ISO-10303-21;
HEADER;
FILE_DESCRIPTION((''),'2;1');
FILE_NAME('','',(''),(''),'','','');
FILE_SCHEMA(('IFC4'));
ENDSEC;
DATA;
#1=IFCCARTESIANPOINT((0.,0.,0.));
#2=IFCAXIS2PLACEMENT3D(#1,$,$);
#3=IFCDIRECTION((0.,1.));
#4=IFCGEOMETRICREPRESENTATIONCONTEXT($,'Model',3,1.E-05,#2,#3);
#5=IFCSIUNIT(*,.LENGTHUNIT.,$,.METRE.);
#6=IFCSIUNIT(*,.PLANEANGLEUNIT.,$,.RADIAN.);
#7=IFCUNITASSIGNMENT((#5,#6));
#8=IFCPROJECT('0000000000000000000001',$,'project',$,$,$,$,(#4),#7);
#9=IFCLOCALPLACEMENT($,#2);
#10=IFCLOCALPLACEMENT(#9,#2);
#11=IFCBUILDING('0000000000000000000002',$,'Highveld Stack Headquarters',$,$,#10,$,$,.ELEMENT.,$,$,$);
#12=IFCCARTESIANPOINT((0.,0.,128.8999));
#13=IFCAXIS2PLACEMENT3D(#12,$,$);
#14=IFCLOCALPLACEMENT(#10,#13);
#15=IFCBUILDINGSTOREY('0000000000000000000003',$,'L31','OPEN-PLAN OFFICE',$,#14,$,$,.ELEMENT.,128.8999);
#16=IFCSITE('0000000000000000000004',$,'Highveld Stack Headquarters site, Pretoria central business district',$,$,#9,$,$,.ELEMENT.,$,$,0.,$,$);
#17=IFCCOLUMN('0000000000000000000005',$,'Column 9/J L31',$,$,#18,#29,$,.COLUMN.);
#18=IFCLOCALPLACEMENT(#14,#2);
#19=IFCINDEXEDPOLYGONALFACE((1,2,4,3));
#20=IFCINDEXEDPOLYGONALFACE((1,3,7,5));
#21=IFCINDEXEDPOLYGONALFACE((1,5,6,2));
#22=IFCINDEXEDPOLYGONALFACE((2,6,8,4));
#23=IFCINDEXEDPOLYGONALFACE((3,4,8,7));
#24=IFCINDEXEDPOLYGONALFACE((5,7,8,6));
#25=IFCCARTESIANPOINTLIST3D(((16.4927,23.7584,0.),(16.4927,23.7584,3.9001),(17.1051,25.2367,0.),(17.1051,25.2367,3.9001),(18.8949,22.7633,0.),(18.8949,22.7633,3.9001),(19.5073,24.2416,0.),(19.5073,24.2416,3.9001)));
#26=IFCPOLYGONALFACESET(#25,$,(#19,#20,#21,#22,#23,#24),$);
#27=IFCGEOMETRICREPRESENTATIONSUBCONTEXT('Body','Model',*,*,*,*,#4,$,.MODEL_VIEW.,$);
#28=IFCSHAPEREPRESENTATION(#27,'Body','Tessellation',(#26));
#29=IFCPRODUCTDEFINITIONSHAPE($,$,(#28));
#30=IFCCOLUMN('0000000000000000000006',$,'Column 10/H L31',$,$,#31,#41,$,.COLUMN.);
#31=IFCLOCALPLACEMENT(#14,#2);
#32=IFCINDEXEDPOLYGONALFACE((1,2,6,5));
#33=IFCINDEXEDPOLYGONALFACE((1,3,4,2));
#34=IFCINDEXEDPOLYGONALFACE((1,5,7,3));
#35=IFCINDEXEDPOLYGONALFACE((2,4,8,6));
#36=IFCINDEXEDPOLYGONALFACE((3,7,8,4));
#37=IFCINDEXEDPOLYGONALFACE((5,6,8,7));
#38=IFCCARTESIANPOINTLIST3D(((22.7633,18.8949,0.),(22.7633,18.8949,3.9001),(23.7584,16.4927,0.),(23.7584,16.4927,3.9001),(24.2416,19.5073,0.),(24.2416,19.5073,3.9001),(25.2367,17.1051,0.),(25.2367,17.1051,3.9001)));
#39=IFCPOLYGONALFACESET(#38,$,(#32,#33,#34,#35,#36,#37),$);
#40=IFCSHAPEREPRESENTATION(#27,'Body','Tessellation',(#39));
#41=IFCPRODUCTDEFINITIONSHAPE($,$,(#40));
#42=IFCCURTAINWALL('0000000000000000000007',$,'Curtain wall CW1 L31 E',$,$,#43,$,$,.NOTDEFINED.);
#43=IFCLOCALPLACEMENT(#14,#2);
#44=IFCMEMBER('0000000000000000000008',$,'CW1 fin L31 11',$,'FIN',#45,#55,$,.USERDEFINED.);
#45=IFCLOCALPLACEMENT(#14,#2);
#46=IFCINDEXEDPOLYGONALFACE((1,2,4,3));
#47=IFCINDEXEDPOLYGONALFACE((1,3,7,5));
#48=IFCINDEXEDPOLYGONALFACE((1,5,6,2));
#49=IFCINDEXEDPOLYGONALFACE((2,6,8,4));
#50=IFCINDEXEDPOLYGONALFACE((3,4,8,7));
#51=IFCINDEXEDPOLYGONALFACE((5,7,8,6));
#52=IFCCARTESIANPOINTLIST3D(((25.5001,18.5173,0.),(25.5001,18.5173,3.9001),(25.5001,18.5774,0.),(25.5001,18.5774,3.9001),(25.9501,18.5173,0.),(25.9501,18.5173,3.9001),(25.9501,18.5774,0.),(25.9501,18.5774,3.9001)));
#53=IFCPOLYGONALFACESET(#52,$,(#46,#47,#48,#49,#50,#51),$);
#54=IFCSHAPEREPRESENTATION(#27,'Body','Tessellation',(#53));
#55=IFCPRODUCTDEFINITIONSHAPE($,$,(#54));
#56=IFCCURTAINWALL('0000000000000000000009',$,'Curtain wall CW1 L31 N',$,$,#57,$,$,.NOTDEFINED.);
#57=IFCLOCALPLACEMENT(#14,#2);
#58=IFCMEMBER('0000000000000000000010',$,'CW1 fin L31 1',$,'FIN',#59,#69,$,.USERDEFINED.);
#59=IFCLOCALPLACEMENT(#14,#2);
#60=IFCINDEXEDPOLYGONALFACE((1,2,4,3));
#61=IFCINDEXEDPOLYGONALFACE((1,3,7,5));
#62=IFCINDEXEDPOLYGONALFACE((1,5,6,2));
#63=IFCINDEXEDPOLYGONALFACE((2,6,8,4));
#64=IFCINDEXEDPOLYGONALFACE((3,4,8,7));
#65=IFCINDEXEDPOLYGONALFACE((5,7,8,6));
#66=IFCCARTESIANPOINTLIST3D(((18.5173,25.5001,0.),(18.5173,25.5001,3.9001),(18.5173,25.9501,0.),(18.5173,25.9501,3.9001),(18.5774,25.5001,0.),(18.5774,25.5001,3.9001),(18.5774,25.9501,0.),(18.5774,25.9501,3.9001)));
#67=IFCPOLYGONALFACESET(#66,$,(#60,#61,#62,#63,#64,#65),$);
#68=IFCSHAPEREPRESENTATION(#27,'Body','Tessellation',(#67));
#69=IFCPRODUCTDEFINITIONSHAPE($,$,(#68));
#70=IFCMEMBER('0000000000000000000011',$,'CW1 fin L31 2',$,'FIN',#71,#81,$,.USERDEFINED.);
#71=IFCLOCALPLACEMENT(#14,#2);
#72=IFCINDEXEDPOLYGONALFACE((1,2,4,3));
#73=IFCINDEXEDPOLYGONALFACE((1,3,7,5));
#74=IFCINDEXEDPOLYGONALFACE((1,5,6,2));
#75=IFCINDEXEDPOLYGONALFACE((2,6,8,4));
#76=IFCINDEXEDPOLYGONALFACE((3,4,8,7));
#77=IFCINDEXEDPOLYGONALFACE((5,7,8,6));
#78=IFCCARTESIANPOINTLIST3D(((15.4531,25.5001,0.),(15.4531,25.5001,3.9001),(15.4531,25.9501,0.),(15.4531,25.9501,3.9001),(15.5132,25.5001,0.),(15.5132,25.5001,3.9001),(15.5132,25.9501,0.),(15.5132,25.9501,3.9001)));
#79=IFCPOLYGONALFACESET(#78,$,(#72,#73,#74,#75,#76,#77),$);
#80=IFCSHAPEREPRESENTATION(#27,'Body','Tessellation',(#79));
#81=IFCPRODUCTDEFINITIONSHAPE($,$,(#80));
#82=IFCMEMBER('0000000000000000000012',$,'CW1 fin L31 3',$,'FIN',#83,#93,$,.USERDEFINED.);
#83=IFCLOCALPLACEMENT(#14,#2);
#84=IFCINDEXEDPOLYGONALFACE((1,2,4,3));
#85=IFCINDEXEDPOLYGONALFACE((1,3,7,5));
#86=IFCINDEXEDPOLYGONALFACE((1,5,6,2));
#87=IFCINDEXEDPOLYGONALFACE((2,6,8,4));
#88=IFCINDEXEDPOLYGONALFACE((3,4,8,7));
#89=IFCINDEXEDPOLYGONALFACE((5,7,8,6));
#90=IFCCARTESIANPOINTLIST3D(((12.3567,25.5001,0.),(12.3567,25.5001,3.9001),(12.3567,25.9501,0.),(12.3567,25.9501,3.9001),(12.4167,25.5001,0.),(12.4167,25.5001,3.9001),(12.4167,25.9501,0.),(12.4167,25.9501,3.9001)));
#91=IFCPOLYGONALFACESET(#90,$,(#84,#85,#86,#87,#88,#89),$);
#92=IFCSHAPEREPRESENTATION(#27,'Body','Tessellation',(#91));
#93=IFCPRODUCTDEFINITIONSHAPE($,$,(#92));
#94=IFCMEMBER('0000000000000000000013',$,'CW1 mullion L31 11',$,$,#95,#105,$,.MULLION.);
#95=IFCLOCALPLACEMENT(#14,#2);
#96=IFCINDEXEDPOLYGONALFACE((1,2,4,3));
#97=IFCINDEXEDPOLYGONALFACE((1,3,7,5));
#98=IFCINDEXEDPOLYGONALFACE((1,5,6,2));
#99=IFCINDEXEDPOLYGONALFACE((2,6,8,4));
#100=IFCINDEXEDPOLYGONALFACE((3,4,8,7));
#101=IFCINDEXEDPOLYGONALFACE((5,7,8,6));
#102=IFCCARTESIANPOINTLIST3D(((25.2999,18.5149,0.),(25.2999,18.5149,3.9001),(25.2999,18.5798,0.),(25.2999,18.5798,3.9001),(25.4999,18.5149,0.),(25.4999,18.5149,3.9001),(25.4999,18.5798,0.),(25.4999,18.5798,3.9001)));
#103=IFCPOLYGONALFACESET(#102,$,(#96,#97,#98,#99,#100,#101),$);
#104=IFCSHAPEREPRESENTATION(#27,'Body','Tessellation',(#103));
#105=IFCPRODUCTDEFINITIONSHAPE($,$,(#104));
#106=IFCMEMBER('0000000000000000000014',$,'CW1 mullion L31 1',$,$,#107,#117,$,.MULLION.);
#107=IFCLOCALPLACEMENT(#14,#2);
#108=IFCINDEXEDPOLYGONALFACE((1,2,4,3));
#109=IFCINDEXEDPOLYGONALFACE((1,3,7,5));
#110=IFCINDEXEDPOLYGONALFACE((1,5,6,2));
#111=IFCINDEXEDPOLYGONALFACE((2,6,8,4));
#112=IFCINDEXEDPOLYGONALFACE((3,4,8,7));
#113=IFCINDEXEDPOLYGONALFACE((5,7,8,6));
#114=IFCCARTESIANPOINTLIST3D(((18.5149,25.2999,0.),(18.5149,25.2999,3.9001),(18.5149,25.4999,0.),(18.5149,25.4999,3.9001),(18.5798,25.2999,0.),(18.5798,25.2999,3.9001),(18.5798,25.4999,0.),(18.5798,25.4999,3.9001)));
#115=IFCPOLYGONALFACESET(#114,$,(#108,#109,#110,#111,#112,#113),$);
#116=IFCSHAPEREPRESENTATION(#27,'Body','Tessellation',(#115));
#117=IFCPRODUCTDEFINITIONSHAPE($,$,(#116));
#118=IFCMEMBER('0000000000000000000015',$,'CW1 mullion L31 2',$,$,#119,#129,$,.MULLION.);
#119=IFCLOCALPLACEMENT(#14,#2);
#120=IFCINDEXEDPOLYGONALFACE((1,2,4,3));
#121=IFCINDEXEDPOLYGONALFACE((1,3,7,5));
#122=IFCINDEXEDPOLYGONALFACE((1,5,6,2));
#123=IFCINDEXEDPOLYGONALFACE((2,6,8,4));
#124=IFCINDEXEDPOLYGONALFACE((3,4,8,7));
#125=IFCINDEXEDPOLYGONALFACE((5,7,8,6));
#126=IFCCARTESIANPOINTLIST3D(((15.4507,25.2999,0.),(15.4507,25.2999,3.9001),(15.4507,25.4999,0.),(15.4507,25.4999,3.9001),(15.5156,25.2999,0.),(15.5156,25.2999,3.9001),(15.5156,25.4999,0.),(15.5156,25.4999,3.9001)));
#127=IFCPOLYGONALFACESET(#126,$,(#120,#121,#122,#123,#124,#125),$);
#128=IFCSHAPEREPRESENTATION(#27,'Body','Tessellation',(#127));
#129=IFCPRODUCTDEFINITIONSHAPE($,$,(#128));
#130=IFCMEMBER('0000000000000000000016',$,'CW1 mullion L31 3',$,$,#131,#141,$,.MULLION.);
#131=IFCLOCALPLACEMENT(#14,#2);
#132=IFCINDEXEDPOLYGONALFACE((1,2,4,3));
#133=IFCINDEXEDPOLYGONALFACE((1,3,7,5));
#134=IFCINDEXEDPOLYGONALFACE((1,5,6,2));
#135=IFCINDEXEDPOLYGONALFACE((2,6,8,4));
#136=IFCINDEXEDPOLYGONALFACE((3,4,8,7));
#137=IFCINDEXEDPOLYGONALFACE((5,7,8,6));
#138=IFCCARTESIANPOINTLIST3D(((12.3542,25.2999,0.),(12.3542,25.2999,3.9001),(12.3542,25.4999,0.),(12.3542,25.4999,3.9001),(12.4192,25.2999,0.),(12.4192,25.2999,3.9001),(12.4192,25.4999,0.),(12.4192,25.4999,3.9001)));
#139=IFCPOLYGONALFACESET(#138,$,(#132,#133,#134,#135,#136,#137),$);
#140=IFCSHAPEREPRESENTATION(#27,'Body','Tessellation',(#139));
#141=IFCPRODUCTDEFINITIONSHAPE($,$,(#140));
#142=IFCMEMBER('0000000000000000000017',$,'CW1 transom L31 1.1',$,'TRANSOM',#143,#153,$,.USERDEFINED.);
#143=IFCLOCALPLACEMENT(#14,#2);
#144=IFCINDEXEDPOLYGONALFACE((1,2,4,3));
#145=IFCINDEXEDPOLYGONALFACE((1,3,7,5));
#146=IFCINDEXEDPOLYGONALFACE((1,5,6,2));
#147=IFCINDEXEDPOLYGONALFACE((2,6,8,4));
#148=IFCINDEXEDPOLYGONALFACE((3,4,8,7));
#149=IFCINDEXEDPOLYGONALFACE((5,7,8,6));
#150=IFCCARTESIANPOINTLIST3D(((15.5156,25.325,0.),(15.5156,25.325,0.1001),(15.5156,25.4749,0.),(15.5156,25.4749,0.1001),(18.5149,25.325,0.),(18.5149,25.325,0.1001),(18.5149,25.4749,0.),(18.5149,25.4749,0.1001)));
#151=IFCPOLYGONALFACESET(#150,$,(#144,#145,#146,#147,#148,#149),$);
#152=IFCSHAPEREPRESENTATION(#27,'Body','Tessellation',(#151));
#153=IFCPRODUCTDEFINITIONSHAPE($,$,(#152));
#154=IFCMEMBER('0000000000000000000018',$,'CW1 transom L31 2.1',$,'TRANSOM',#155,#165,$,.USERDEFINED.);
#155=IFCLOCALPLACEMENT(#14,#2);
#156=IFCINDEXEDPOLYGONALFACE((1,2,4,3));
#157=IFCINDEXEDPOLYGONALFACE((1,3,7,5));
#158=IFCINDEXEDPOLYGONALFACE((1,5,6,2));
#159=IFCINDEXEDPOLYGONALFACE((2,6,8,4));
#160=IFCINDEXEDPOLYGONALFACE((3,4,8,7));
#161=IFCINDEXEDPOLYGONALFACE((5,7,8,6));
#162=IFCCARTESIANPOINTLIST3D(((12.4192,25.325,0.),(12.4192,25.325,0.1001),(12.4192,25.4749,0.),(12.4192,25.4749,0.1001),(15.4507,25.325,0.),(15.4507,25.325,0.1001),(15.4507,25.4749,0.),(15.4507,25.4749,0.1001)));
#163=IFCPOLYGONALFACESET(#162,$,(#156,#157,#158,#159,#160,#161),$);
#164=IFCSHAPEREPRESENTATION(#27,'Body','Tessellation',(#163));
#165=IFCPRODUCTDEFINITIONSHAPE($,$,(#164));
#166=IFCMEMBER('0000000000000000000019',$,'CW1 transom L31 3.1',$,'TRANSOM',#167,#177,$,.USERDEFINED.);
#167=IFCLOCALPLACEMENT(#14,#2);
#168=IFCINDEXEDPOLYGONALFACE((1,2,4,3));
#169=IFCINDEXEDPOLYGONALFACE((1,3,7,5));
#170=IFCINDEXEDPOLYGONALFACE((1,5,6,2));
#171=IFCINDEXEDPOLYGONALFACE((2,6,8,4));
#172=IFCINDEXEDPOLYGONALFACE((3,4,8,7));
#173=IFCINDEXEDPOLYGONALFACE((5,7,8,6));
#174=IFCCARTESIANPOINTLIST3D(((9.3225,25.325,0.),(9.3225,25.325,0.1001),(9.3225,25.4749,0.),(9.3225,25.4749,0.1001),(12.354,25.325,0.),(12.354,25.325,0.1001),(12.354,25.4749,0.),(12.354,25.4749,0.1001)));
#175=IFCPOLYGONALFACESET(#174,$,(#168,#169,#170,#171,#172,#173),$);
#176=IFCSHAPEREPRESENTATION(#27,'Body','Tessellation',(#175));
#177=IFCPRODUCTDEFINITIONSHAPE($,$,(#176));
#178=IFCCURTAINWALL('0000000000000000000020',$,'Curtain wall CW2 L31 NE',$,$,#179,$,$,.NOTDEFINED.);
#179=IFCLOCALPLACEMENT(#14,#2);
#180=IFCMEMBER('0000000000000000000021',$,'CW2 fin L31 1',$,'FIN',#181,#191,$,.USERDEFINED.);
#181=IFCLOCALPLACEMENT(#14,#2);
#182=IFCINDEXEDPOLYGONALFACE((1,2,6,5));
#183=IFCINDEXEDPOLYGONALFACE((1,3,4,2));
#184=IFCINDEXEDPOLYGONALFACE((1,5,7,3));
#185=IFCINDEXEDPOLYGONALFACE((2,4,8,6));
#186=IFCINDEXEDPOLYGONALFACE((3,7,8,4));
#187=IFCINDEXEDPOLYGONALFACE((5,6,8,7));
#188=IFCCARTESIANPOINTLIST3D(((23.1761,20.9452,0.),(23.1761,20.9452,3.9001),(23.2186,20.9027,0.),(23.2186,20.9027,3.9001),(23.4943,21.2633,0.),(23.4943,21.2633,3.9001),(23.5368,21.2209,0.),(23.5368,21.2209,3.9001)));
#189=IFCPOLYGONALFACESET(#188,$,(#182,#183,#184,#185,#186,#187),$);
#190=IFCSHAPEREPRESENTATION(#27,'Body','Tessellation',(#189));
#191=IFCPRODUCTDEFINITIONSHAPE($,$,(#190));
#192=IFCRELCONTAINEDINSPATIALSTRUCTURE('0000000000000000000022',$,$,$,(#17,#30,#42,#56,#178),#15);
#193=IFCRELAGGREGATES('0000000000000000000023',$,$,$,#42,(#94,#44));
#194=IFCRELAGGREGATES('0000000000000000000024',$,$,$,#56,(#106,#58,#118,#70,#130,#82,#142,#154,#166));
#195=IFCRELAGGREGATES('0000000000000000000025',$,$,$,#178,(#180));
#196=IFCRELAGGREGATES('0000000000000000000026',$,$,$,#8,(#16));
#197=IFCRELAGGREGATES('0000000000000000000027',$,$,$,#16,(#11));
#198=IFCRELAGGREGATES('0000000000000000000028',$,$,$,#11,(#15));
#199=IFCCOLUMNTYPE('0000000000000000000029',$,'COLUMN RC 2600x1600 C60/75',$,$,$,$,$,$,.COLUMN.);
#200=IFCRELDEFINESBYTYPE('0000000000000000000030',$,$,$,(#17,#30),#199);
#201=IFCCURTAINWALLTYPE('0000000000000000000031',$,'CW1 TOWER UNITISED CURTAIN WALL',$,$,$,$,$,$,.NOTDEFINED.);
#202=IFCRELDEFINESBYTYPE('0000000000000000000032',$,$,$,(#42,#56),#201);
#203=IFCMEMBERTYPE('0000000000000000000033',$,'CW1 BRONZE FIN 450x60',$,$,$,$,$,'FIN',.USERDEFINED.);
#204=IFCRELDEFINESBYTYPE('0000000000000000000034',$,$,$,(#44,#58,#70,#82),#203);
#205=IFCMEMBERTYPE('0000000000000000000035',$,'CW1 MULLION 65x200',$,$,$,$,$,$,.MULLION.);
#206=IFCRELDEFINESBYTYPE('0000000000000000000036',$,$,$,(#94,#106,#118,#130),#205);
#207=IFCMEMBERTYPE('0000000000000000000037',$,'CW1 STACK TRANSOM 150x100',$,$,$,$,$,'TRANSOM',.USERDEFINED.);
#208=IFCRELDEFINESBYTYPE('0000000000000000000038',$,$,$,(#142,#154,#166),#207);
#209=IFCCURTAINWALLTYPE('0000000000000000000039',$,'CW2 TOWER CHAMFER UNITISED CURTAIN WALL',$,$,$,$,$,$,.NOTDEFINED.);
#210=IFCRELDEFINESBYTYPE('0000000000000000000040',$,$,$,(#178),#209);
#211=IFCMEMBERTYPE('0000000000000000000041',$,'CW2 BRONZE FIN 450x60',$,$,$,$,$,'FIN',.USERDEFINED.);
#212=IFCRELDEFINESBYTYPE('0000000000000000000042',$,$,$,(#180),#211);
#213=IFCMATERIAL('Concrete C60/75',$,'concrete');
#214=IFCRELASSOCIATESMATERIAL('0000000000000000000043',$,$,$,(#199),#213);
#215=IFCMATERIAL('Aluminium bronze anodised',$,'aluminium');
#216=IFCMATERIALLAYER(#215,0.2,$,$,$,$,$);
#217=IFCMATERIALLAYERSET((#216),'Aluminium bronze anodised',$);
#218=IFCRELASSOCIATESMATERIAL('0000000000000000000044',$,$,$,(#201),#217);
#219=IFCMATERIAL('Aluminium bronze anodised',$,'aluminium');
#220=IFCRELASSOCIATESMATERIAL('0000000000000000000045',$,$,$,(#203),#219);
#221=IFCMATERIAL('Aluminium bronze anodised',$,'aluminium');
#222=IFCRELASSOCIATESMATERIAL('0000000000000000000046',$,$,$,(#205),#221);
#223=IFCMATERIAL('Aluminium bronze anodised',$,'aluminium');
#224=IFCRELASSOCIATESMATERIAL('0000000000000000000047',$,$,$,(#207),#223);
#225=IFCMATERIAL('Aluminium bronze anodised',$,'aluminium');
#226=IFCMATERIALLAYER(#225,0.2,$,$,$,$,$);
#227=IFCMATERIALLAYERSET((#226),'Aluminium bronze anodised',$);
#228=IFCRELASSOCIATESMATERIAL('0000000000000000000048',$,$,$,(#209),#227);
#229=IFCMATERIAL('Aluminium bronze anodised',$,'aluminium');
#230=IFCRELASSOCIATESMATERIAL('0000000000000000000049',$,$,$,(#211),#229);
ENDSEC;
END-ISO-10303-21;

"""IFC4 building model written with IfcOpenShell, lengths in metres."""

from ifc_helpers import new_model, si_unit, direction, frame, origin, origin_2d, place, context, subcontext, project, spatial, rectangle, extrude, material, layer, layer_set, material_profile, profile_set, type_object, element, aggregate, save


model = new_model("IFC4")

# Units and contexts
model_context = context("Model", 3, precision=1e-05, world=origin(), true_north=direction((0.0, 1.0)))
body_context = subcontext(model_context, "Body", "Model", "MODEL_VIEW")
ifc_project = project(units=[si_unit("LENGTHUNIT", "METRE"), si_unit("PLANEANGLEUNIT", "RADIAN")], contexts=[model_context])

# Site, building, storey
site_placement = place(None, origin())
site = spatial("IfcSite", under=ifc_project, at=site_placement, Name="Highveld Stack Headquarters site, Pretoria central business district", CompositionType="ELEMENT", RefElevation=0.0)
building_placement = place(site_placement, origin())
building = spatial("IfcBuilding", under=site, at=building_placement, Name="Highveld Stack Headquarters", CompositionType="ELEMENT")
storey_placement = place(building_placement, frame((0.0, 0.0, 128.8999)))
storey = spatial("IfcBuildingStorey", under=building, at=storey_placement, Name="L31", Description="OPEN-PLAN OFFICE", CompositionType="ELEMENT", Elevation=128.8999)

# Columns
ifc_material_1 = material(Name="Concrete C60/75", Category="concrete")
ifc_material_profile_1 = material_profile(ifc_material_1, rectangle(XDim=2.6001, YDim=1.6001, at=origin_2d()), Name="RC 2600x1600")
ifc_profile_set_1 = profile_set([ifc_material_profile_1], Name="Concrete C60/75")
column_type = type_object("IfcColumnType", Name="COLUMN RC 2600x1600 C60/75", PredefinedType="COLUMN", material=ifc_profile_set_1)
for number, where, z_axis, x_axis, name in (
    (1, (18.0, 24.0, 0.0), (0.0, 0.0, 1.0), (0.92388, -0.382683, 0.0), "Column 9/J L31"),
    (2, (24.0, 18.0, 0.0), (0.0, 0.0, 1.0), (0.382683, -0.92388, 0.0), "Column 10/H L31"),
):
    element("IfcColumn", number, at=place(storey_placement, frame(where, z_axis=z_axis, x_axis=x_axis)), inside=storey, type_object=column_type, Name=name, PredefinedType="COLUMN", context=body_context, shape_type="SweptSolid", body=[
        extrude(rectangle(XDim=2.6001, YDim=1.6001, at=origin_2d()), origin(), (0.0, 0.0, 1.0), 3.9001),
    ])

# Curtain wall, member
ifc_material_2 = material(Name="Aluminium bronze anodised", Category="aluminium")
ifc_layer_1 = layer(ifc_material_2, 0.2)
ifc_layer_set_1 = layer_set([ifc_layer_1], Name="Aluminium bronze anodised")
curtain_wall_type_1 = type_object("IfcCurtainWallType", Name="CW1 TOWER UNITISED CURTAIN WALL", PredefinedType="NOTDEFINED", material=ifc_layer_set_1)
curtain_wall_1_placement = place(storey_placement, origin())
curtain_wall_1 = element("IfcCurtainWall", 3, at=curtain_wall_1_placement, inside=storey, type_object=curtain_wall_type_1, Name="Curtain wall CW1 L31 E", PredefinedType="NOTDEFINED")
ifc_material_3 = material(Name="Aluminium bronze anodised", Category="aluminium")
ifc_material_profile_2 = material_profile(ifc_material_3, rectangle(XDim=0.45, YDim=0.0601, at=origin_2d()), Name="FIN 450x60")
ifc_profile_set_2 = profile_set([ifc_material_profile_2], Name="Aluminium bronze anodised")
member_type_1 = type_object("IfcMemberType", Name="CW1 BRONZE FIN 450x60", ElementType="FIN", PredefinedType="USERDEFINED", material=ifc_profile_set_2)
member_1_placement = place(storey_placement, frame((25.7251, 18.5474, 0.0), z_axis=(0.0, 0.0, 1.0), x_axis=(-1.0, 0.0, 0.0)))
member_1 = element("IfcMember", 4, at=member_1_placement, type_object=member_type_1, Name="CW1 fin L31 11", ObjectType="FIN", PredefinedType="USERDEFINED", context=body_context, shape_type="SweptSolid", body=[
    extrude(rectangle(XDim=0.45, YDim=0.0601, at=origin_2d()), origin(), (0.0, 0.0, 1.0), 3.9001),
])

# Curtain wall, members
curtain_wall_2_placement = place(storey_placement, origin())
curtain_wall_2 = element("IfcCurtainWall", 5, at=curtain_wall_2_placement, inside=storey, type_object=curtain_wall_type_1, Name="Curtain wall CW1 L31 N", PredefinedType="NOTDEFINED")
member_2_placement = place(storey_placement, frame((18.5474, 25.7251, 0.0), z_axis=(0.0, 0.0, 1.0), x_axis=(0.0, -1.0, 0.0)))
member_2 = element("IfcMember", 6, at=member_2_placement, type_object=member_type_1, Name="CW1 fin L31 1", ObjectType="FIN", PredefinedType="USERDEFINED", context=body_context, shape_type="SweptSolid", body=[
    extrude(rectangle(XDim=0.45, YDim=0.0601, at=origin_2d()), origin(), (0.0, 0.0, 1.0), 3.9001),
])
member_3_placement = place(storey_placement, frame((15.4832, 25.7251, 0.0), z_axis=(0.0, 0.0, 1.0), x_axis=(0.0, -1.0, 0.0)))
member_3 = element("IfcMember", 7, at=member_3_placement, type_object=member_type_1, Name="CW1 fin L31 2", ObjectType="FIN", PredefinedType="USERDEFINED", context=body_context, shape_type="SweptSolid", body=[
    extrude(rectangle(XDim=0.45, YDim=0.0601, at=origin_2d()), origin(), (0.0, 0.0, 1.0), 3.9001),
])
member_4_placement = place(storey_placement, frame((12.3867, 25.7251, 0.0), z_axis=(0.0, 0.0, 1.0), x_axis=(0.0, -1.0, 0.0)))
member_4 = element("IfcMember", 8, at=member_4_placement, type_object=member_type_1, Name="CW1 fin L31 3", ObjectType="FIN", PredefinedType="USERDEFINED", context=body_context, shape_type="SweptSolid", body=[
    extrude(rectangle(XDim=0.45, YDim=0.0601, at=origin_2d()), origin(), (0.0, 0.0, 1.0), 3.9001),
])

# Members
ifc_material_4 = material(Name="Aluminium bronze anodised", Category="aluminium")
ifc_material_profile_3 = material_profile(ifc_material_4, rectangle(XDim=0.2, YDim=0.0649, at=origin_2d()), Name="CW1 MULLION 65x200")
ifc_profile_set_3 = profile_set([ifc_material_profile_3], Name="Aluminium bronze anodised")
member_type_2 = type_object("IfcMemberType", Name="CW1 MULLION 65x200", PredefinedType="MULLION", material=ifc_profile_set_3)
member_5_placement = place(storey_placement, frame((25.3999, 18.5474, 0.0), z_axis=(0.0, 0.0, 1.0), x_axis=(-1.0, 0.0, 0.0)))
member_5 = element("IfcMember", 9, at=member_5_placement, type_object=member_type_2, Name="CW1 mullion L31 11", PredefinedType="MULLION", context=body_context, shape_type="SweptSolid", body=[
    extrude(rectangle(XDim=0.2, YDim=0.0649, at=origin_2d()), origin(), (0.0, 0.0, 1.0), 3.9001),
])
aggregate(curtain_wall_1, [member_5, member_1])
member_6_placement = place(storey_placement, frame((18.5474, 25.3999, 0.0), z_axis=(0.0, 0.0, 1.0), x_axis=(0.0, -1.0, 0.0)))
member_6 = element("IfcMember", 10, at=member_6_placement, type_object=member_type_2, Name="CW1 mullion L31 1", PredefinedType="MULLION", context=body_context, shape_type="SweptSolid", body=[
    extrude(rectangle(XDim=0.2, YDim=0.0649, at=origin_2d()), origin(), (0.0, 0.0, 1.0), 3.9001),
])
member_7_placement = place(storey_placement, frame((15.4832, 25.3999, 0.0), z_axis=(0.0, 0.0, 1.0), x_axis=(0.0, -1.0, 0.0)))
member_7 = element("IfcMember", 11, at=member_7_placement, type_object=member_type_2, Name="CW1 mullion L31 2", PredefinedType="MULLION", context=body_context, shape_type="SweptSolid", body=[
    extrude(rectangle(XDim=0.2, YDim=0.0649, at=origin_2d()), origin(), (0.0, 0.0, 1.0), 3.9001),
])
member_8_placement = place(storey_placement, frame((12.3867, 25.3999, 0.0), z_axis=(0.0, 0.0, 1.0), x_axis=(0.0, -1.0, 0.0)))
member_8 = element("IfcMember", 12, at=member_8_placement, type_object=member_type_2, Name="CW1 mullion L31 3", PredefinedType="MULLION", context=body_context, shape_type="SweptSolid", body=[
    extrude(rectangle(XDim=0.2, YDim=0.0649, at=origin_2d()), origin(), (0.0, 0.0, 1.0), 3.9001),
])
ifc_material_5 = material(Name="Aluminium bronze anodised", Category="aluminium")
ifc_material_profile_4 = material_profile(ifc_material_5, rectangle(XDim=0.1499, YDim=0.1001, at=origin_2d()), Name="CW1 TRANSOM 150x100")
ifc_profile_set_4 = profile_set([ifc_material_profile_4], Name="Aluminium bronze anodised")
member_type_3 = type_object("IfcMemberType", Name="CW1 STACK TRANSOM 150x100", ElementType="TRANSOM", PredefinedType="USERDEFINED", material=ifc_profile_set_4)
member_9_placement = place(storey_placement, frame((18.5149, 25.3999, 0.05), z_axis=(-1.0, 0.0, 0.0), x_axis=(0.0, -1.0, 0.0)))
member_9 = element("IfcMember", 13, at=member_9_placement, type_object=member_type_3, Name="CW1 transom L31 1.1", ObjectType="TRANSOM", PredefinedType="USERDEFINED", context=body_context, shape_type="SweptSolid", body=[
    extrude(rectangle(XDim=0.1499, YDim=0.1001, at=origin_2d()), origin(), (0.0, 0.0, 1.0), 2.9993),
])
member_10_placement = place(storey_placement, frame((15.4507, 25.3999, 0.05), z_axis=(-1.0, 0.0, 0.0), x_axis=(0.0, -1.0, 0.0)))
member_10 = element("IfcMember", 14, at=member_10_placement, type_object=member_type_3, Name="CW1 transom L31 2.1", ObjectType="TRANSOM", PredefinedType="USERDEFINED", context=body_context, shape_type="SweptSolid", body=[
    extrude(rectangle(XDim=0.1499, YDim=0.1001, at=origin_2d()), origin(), (0.0, 0.0, 1.0), 3.0315),
])
member_11_placement = place(storey_placement, frame((12.354, 25.3999, 0.05), z_axis=(-1.0, 0.0, 0.0), x_axis=(0.0, -1.0, 0.0)))
member_11 = element("IfcMember", 15, at=member_11_placement, type_object=member_type_3, Name="CW1 transom L31 3.1", ObjectType="TRANSOM", PredefinedType="USERDEFINED", context=body_context, shape_type="SweptSolid", body=[
    extrude(rectangle(XDim=0.1499, YDim=0.1001, at=origin_2d()), origin(), (0.0, 0.0, 1.0), 3.0315),
])

# Curtain wall, member
ifc_material_6 = material(Name="Aluminium bronze anodised", Category="aluminium")
ifc_layer_2 = layer(ifc_material_6, 0.2)
ifc_layer_set_2 = layer_set([ifc_layer_2], Name="Aluminium bronze anodised")
curtain_wall_type_2 = type_object("IfcCurtainWallType", Name="CW2 TOWER CHAMFER UNITISED CURTAIN WALL", PredefinedType="NOTDEFINED", material=ifc_layer_set_2)
curtain_wall_3_placement = place(storey_placement, origin())
curtain_wall_3 = element("IfcCurtainWall", 16, at=curtain_wall_3_placement, inside=storey, type_object=curtain_wall_type_2, Name="Curtain wall CW2 L31 NE", PredefinedType="NOTDEFINED")
ifc_material_7 = material(Name="Aluminium bronze anodised", Category="aluminium")
ifc_material_profile_5 = material_profile(ifc_material_7, rectangle(XDim=0.45, YDim=0.0601, at=origin_2d()), Name="FIN 450x60")
ifc_profile_set_5 = profile_set([ifc_material_profile_5], Name="Aluminium bronze anodised")
member_type_4 = type_object("IfcMemberType", Name="CW2 BRONZE FIN 450x60", ElementType="FIN", PredefinedType="USERDEFINED", material=ifc_profile_set_5)
member_12_placement = place(storey_placement, frame((23.3564, 21.083, 0.0), z_axis=(0.0, 0.0, 1.0), x_axis=(-0.707107, -0.707107, 0.0)))
member_12 = element("IfcMember", 17, at=member_12_placement, type_object=member_type_4, Name="CW2 fin L31 1", ObjectType="FIN", PredefinedType="USERDEFINED", context=body_context, shape_type="SweptSolid", body=[
    extrude(rectangle(XDim=0.45, YDim=0.0601, at=origin_2d()), origin(), (0.0, 0.0, 1.0), 3.9001),
])

aggregate(curtain_wall_2, [member_6, member_2, member_7, member_3, member_8, member_4, member_9, member_10, member_11])
aggregate(curtain_wall_3, [member_12])

save(model, "model.ifc")
